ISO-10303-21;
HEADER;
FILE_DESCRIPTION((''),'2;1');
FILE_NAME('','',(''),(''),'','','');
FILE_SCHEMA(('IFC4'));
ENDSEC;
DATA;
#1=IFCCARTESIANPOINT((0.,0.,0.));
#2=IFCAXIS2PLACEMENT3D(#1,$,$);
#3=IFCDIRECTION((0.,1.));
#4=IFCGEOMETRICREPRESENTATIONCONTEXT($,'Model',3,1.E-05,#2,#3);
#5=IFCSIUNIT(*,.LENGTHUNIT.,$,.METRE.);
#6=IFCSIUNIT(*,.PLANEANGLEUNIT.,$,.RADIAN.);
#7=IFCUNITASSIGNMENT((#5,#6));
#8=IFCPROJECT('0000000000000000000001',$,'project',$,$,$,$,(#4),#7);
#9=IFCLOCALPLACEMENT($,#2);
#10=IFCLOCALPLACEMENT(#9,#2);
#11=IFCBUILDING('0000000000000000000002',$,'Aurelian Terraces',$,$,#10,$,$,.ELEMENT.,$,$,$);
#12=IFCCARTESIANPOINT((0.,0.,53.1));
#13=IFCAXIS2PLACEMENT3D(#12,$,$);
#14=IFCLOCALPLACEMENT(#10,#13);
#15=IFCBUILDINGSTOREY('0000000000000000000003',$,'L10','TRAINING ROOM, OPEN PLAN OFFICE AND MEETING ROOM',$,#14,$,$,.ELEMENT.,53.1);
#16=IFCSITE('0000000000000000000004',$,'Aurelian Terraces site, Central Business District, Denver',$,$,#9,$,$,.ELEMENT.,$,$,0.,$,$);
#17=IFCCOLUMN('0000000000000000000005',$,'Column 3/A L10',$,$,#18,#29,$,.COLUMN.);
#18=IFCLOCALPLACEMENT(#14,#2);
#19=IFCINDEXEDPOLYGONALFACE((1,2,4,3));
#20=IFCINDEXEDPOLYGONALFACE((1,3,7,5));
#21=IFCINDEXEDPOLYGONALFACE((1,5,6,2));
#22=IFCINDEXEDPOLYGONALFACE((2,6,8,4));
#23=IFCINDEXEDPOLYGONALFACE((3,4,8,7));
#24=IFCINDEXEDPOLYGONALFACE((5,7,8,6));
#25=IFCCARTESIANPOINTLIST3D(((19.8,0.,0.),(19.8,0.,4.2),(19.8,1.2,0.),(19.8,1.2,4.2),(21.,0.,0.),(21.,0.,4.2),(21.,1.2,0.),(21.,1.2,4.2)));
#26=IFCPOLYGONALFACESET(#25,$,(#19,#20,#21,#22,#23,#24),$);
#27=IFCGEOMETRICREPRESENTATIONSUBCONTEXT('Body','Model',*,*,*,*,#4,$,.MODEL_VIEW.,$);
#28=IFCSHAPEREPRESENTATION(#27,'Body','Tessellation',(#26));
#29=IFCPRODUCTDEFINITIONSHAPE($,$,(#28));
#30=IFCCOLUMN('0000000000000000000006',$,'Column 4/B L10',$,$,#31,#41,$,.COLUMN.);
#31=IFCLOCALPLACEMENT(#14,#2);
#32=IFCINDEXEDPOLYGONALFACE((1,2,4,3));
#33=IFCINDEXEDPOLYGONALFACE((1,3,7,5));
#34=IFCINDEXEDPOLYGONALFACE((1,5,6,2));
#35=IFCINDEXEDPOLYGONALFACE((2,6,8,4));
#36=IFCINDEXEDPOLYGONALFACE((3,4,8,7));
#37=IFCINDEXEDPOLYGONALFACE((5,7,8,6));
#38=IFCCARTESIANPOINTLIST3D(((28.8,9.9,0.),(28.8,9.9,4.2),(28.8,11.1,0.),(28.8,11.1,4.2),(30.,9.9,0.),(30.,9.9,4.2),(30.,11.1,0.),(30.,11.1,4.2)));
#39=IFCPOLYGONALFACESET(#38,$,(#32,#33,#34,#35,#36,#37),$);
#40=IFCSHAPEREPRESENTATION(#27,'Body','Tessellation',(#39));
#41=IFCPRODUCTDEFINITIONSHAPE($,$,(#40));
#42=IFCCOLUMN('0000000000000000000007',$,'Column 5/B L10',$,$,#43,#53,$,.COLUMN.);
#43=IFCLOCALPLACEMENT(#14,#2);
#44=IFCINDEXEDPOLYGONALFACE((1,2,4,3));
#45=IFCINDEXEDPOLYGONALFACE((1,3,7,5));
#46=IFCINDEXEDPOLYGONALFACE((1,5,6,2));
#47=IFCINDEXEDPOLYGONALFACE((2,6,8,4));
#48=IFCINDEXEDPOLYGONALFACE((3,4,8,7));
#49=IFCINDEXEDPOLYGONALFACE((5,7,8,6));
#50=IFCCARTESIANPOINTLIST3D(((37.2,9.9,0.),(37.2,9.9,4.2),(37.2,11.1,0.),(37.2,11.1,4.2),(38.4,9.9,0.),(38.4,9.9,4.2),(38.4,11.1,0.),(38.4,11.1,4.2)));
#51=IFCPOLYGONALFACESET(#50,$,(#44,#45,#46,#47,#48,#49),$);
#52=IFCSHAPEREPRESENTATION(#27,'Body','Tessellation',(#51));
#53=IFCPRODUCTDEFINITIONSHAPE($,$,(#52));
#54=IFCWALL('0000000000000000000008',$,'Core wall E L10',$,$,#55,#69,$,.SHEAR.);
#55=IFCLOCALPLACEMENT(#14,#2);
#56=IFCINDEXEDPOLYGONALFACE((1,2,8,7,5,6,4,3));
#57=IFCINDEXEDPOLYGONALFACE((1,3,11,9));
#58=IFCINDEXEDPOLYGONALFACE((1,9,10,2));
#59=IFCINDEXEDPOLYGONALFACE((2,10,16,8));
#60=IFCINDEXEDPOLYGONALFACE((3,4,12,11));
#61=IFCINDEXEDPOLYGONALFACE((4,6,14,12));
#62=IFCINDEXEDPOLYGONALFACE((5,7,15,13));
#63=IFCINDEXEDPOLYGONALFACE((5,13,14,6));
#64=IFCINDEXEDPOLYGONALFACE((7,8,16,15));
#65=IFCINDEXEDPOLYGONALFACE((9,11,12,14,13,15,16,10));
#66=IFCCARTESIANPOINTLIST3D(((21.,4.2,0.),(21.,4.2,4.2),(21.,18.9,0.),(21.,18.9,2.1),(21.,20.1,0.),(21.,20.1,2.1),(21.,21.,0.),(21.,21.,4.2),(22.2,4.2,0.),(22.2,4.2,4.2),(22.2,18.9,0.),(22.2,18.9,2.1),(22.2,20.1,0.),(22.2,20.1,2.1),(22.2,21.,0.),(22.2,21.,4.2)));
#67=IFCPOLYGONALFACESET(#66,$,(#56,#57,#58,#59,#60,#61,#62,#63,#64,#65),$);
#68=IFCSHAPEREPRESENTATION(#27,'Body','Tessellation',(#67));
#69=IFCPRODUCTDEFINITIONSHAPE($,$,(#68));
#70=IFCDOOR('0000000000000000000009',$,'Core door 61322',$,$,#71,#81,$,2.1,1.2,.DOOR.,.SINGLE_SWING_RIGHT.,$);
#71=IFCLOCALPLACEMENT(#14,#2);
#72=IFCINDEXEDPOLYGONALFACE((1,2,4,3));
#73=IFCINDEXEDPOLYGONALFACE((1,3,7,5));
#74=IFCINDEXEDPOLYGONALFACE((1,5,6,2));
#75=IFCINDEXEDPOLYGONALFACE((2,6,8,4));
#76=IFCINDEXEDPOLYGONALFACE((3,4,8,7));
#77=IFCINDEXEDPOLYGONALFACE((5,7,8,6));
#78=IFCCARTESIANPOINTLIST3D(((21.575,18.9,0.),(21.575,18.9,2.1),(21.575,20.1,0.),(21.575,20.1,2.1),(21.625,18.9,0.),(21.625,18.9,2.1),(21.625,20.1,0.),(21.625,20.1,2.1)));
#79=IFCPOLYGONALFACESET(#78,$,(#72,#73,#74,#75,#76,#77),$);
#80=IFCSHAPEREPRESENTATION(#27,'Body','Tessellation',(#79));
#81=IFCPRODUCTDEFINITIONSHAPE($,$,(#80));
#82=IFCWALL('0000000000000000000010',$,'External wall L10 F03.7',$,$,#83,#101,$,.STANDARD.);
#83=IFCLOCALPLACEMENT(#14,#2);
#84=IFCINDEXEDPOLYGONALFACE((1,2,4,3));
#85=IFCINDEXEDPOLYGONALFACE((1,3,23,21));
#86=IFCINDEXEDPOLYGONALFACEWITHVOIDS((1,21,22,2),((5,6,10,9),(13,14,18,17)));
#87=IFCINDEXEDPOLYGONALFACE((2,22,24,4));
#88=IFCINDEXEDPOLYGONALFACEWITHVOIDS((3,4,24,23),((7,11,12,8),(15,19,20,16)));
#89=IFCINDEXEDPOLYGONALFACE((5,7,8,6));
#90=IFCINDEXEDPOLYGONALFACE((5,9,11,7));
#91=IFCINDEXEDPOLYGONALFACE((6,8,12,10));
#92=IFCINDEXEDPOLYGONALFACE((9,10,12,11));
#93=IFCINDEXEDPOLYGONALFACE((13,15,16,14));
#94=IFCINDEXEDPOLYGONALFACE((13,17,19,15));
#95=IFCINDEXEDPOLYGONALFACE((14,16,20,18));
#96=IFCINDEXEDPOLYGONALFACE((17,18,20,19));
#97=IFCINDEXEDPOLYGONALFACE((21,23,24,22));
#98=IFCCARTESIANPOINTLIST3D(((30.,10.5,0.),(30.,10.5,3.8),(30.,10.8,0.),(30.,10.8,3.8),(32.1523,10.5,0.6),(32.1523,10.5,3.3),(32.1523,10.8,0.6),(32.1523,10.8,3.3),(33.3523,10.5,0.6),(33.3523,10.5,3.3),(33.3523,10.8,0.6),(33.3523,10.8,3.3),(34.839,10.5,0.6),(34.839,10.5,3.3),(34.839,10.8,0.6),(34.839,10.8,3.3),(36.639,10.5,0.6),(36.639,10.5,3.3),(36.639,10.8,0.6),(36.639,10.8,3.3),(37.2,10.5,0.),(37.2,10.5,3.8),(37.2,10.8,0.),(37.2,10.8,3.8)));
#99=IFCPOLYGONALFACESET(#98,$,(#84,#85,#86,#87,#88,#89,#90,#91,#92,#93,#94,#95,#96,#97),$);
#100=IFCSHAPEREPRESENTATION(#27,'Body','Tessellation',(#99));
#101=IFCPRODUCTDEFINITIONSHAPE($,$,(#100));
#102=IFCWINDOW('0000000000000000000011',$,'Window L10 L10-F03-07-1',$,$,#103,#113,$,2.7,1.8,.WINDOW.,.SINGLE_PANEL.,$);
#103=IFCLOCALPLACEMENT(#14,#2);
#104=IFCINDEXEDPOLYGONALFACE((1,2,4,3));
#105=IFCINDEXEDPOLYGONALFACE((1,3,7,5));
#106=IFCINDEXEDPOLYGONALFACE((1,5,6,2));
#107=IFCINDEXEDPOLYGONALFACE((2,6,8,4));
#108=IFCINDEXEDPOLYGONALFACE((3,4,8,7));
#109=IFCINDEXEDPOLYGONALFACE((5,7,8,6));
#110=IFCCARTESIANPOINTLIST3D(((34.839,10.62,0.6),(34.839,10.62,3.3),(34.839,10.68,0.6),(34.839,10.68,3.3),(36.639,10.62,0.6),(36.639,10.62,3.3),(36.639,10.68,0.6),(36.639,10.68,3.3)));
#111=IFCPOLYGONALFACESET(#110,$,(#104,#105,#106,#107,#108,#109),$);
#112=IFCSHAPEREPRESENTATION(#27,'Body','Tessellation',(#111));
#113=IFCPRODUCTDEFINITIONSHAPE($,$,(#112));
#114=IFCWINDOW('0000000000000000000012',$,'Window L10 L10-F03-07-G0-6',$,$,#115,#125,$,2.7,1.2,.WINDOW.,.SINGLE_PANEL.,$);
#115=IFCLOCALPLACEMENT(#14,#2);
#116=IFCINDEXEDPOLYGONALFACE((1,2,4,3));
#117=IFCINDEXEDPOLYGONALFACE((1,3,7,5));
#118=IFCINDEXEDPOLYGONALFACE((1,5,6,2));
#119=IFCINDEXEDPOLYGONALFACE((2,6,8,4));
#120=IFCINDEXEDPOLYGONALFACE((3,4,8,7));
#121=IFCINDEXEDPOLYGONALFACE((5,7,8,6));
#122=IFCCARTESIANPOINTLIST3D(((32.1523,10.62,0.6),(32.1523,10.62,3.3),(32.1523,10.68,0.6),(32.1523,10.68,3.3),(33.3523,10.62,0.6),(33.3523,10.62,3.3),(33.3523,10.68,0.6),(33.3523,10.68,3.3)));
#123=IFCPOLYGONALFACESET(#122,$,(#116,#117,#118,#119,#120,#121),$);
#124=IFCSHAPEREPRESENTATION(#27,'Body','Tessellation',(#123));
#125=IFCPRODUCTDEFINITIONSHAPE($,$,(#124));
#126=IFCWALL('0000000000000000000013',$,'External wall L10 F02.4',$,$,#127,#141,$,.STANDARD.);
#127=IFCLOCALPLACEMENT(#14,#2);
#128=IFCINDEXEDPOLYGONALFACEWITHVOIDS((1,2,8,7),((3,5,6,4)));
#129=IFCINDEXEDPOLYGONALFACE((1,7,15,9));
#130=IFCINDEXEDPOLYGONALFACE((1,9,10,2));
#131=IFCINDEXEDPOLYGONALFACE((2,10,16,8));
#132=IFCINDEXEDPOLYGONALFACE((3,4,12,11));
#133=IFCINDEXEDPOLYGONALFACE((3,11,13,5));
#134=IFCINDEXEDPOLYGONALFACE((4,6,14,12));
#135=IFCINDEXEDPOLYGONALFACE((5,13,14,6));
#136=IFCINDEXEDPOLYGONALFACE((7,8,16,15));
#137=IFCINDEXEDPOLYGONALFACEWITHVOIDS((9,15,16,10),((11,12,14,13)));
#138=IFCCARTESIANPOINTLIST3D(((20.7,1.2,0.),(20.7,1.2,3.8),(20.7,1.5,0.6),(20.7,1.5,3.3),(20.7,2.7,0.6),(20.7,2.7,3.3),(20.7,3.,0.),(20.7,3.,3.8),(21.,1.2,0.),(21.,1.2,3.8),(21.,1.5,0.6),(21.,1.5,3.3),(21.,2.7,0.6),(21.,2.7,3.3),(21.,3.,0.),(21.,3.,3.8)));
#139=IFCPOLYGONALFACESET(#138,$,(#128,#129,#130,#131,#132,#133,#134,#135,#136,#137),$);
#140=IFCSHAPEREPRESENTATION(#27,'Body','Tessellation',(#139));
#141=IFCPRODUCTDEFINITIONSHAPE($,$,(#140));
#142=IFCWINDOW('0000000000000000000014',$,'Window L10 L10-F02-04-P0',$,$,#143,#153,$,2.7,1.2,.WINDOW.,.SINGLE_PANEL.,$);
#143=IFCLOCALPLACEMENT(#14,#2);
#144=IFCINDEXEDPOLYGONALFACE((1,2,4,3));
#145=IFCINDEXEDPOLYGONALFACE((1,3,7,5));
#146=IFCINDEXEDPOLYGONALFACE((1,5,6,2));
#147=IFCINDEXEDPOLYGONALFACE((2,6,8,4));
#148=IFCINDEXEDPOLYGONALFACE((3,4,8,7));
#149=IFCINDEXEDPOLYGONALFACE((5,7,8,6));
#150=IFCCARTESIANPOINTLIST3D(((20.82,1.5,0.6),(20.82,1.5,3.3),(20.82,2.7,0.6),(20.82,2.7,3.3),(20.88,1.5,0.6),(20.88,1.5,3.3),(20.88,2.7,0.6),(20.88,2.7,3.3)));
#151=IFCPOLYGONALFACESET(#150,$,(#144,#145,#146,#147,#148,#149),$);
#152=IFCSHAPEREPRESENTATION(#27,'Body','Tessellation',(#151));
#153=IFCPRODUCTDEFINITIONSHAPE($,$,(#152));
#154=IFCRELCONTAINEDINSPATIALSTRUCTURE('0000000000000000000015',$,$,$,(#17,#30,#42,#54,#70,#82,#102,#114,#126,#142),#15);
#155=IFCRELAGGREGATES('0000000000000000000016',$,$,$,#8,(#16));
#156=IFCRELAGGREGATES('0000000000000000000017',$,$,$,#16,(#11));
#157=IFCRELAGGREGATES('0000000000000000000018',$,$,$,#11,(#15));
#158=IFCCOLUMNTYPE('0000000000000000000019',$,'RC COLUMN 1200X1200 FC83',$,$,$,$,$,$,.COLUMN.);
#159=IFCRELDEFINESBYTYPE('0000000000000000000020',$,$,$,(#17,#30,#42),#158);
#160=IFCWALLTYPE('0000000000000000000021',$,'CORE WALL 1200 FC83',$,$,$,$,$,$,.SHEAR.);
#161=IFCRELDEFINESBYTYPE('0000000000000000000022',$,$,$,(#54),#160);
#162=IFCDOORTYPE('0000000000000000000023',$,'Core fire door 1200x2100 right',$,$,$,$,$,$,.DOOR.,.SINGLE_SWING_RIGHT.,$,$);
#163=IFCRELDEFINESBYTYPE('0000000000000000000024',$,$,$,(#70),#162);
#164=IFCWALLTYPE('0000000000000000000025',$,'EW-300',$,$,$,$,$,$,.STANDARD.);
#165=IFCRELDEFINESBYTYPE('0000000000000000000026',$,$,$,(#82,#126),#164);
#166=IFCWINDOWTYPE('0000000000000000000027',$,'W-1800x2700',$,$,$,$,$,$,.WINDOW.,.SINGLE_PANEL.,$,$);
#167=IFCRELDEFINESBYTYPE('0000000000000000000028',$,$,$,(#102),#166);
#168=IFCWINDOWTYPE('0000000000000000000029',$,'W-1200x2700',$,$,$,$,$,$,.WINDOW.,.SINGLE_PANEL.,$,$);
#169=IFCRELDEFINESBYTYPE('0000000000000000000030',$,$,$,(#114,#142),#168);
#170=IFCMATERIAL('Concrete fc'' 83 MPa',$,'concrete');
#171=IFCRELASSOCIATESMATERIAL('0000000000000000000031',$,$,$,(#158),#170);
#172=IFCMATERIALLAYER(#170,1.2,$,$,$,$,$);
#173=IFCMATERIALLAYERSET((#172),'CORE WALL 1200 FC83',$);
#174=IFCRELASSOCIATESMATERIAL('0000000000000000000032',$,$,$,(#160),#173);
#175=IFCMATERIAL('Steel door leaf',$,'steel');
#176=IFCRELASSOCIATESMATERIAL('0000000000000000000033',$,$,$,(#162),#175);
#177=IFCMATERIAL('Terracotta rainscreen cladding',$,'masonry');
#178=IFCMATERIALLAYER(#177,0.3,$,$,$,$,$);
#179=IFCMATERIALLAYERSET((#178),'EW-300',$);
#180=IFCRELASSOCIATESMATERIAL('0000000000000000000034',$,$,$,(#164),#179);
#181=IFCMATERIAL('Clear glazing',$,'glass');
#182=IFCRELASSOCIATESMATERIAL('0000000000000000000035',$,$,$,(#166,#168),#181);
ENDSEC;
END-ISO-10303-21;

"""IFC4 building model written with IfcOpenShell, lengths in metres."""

from ifc_helpers import new_model, si_unit, direction, frame, frame_2d, origin, origin_2d, place, context, subcontext, project, spatial, rectangle, extrude, source, transform, mapped, material, layer, layer_set, material_profile, profile_set, type_object, element, fill, save


model = new_model("IFC4")

# Units and contexts
model_context = context("Model", 3, precision=1e-05, world=origin(), true_north=direction((0.0, 1.0)))
body_context = subcontext(model_context, "Body", "Model", "MODEL_VIEW")
ifc_project = project(units=[si_unit("LENGTHUNIT", "METRE"), si_unit("PLANEANGLEUNIT", "RADIAN")], contexts=[model_context])

# Site, building, storey
site_placement = place(None, origin())
site = spatial("IfcSite", under=ifc_project, at=site_placement, Name="Aurelian Terraces site, Central Business District, Denver", CompositionType="ELEMENT", RefElevation=0.0)
building_placement = place(site_placement, origin())
building = spatial("IfcBuilding", under=site, at=building_placement, Name="Aurelian Terraces", CompositionType="ELEMENT")
storey_placement = place(building_placement, frame((0.0, 0.0, 53.1)))
storey = spatial("IfcBuildingStorey", under=building, at=storey_placement, Name="L10", Description="TRAINING ROOM, OPEN PLAN OFFICE AND MEETING ROOM", CompositionType="ELEMENT", Elevation=53.1)

# Columns
ifc_material_1 = material(Name="Concrete fc' 83 MPa", Category="concrete")
ifc_material_profile = material_profile(ifc_material_1, rectangle(XDim=1.2, YDim=1.2, at=origin_2d()))
ifc_profile_set = profile_set([ifc_material_profile], Name="Concrete fc' 83 MPa")
column_type = type_object("IfcColumnType", Name="RC COLUMN 1200X1200 FC83", PredefinedType="COLUMN", material=ifc_profile_set)
shared_shape_1 = source(origin(), body_context, "Body", "SweptSolid", [
    extrude(rectangle(XDim=1.2, YDim=1.2, at=origin_2d()), origin(), (0.0, 0.0, 1.0), 4.2),
])
for number, where, z_axis, x_axis, name in (
    (1, (20.4, 0.6, 0.0), (0.0, 0.0, 1.0), (1.0, 0.0, 0.0), "Column 3/A L10"),
    (2, (29.4, 10.5, 0.0), (0.0, 0.0, 1.0), (1.0, 0.0, 0.0), "Column 4/B L10"),
    (3, (37.8, 10.5, 0.0), (0.0, 0.0, 1.0), (1.0, 0.0, 0.0), "Column 5/B L10"),
):
    element("IfcColumn", number, at=place(storey_placement, frame(where, z_axis=z_axis, x_axis=x_axis)), inside=storey, type_object=column_type, Name=name, PredefinedType="COLUMN", context=body_context, shape_type="MappedRepresentation", body=[
        mapped(shared_shape_1, transform((0.0, 0.0, 0.0), scale=1.0)),
    ])

# Wall, opening, door
ifc_layer_1 = layer(ifc_material_1, 1.2)
ifc_layer_set_1 = layer_set([ifc_layer_1], Name="CORE WALL 1200 FC83")
wall_type_1 = type_object("IfcWallType", Name="CORE WALL 1200 FC83", PredefinedType="SHEAR", material=ifc_layer_set_1)
shared_shape_2 = source(origin(), body_context, "Body", "SweptSolid", [
    extrude(rectangle(XDim=16.8, YDim=1.2, at=frame_2d((8.4, 0.0))), origin(), (0.0, 0.0, 1.0), 4.2),
])
wall_1_placement = place(storey_placement, frame((21.6, 4.2, 0.0), z_axis=(0.0, 0.0, 1.0), x_axis=(0.0, 1.0, 0.0)))
wall_1 = element("IfcWall", 4, at=wall_1_placement, inside=storey, type_object=wall_type_1, Name="Core wall E L10", PredefinedType="SHEAR", context=body_context, shape_type="MappedRepresentation", body=[
    mapped(shared_shape_2, transform((0.0, 0.0, 0.0), scale=1.0)),
])
shared_shape_3 = source(origin(), body_context, "Body", "SweptSolid", [
    extrude(rectangle(XDim=1.2, YDim=2.1, at=frame_2d((0.6, 1.05))), frame((0.0, 0.61, 0.0), z_axis=(0.0, -1.0, 0.0), x_axis=(1.0, 0.0, 0.0)), (0.0, 0.0, 1.0), 1.22),
])
opening_1_placement = place(wall_1_placement, frame((14.7, 0.0, 0.0)))
opening_1 = element("IfcOpeningElement", 5, at=opening_1_placement, cuts=wall_1, PredefinedType="OPENING", context=body_context, shape_type="MappedRepresentation", body=[
    mapped(shared_shape_3, transform((0.0, 0.0, 0.0), scale=1.0)),
])
ifc_material_2 = material(Name="Steel door leaf", Category="steel")
door_type_1 = type_object("IfcDoorType", Name="Core fire door 1200x2100 right", OperationType="SINGLE_SWING_RIGHT", PredefinedType="DOOR", material=ifc_material_2)
shared_shape_4 = source(origin(), body_context, "Body", "SweptSolid", [
    extrude(rectangle(XDim=1.2, YDim=2.1, at=frame_2d((0.6, 1.05))), frame((0.0, 0.025, 0.0), z_axis=(0.0, -1.0, 0.0), x_axis=(1.0, 0.0, 0.0)), (0.0, 0.0, 1.0), 0.05),
])
door_1_placement = place(opening_1_placement, origin())
door_1 = element("IfcDoor", 6, at=door_1_placement, inside=storey, type_object=door_type_1, Name="Core door 61322", OperationType="SINGLE_SWING_RIGHT", OverallHeight=2.1, OverallWidth=1.2, PredefinedType="DOOR", context=body_context, shape_type="MappedRepresentation", body=[
    mapped(shared_shape_4, transform((0.0, 0.0, 0.0), scale=1.0)),
])
fill(opening_1, door_1)

# Wall, openings, windows
ifc_material_3 = material(Name="Terracotta rainscreen cladding", Category="masonry")
ifc_layer_2 = layer(ifc_material_3, 0.3)
ifc_layer_set_2 = layer_set([ifc_layer_2], Name="EW-300")
wall_type_2 = type_object("IfcWallType", Name="EW-300", PredefinedType="STANDARD", material=ifc_layer_set_2)
shared_shape_5 = source(origin(), body_context, "Body", "SweptSolid", [
    extrude(rectangle(XDim=7.2, YDim=0.3, at=frame_2d((3.6, 0.0))), origin(), (0.0, 0.0, 1.0), 3.8),
])
wall_2_placement = place(storey_placement, frame((30.0, 10.65, 0.0), z_axis=(0.0, 0.0, 1.0), x_axis=(1.0, 0.0, 0.0)))
wall_2 = element("IfcWall", 7, at=wall_2_placement, inside=storey, type_object=wall_type_2, Name="External wall L10 F03.7", PredefinedType="STANDARD", context=body_context, shape_type="MappedRepresentation", body=[
    mapped(shared_shape_5, transform((0.0, 0.0, 0.0), scale=1.0)),
])
shared_shape_6 = source(origin(), body_context, "Body", "SweptSolid", [
    extrude(rectangle(XDim=1.8, YDim=2.7, at=frame_2d((0.9, 1.35))), frame((0.0, 0.16, 0.0), z_axis=(0.0, -1.0, 0.0), x_axis=(1.0, 0.0, 0.0)), (0.0, 0.0, 1.0), 0.32),
])
opening_2_placement = place(wall_2_placement, frame((4.839, 0.0, 0.6)))
opening_2 = element("IfcOpeningElement", 8, at=opening_2_placement, cuts=wall_2, PredefinedType="OPENING", context=body_context, shape_type="MappedRepresentation", body=[
    mapped(shared_shape_6, transform((0.0, 0.0, 0.0), scale=1.0)),
])
shared_shape_7 = source(origin(), body_context, "Body", "SweptSolid", [
    extrude(rectangle(XDim=1.2, YDim=2.7, at=frame_2d((0.6, 1.35))), frame((0.0, 0.16, 0.0), z_axis=(0.0, -1.0, 0.0), x_axis=(1.0, 0.0, 0.0)), (0.0, 0.0, 1.0), 0.32),
])
opening_3_placement = place(wall_2_placement, frame((2.1523, 0.0, 0.6)))
opening_3 = element("IfcOpeningElement", 9, at=opening_3_placement, cuts=wall_2, PredefinedType="OPENING", context=body_context, shape_type="MappedRepresentation", body=[
    mapped(shared_shape_7, transform((0.0, 0.0, 0.0), scale=1.0)),
])
ifc_material_4 = material(Name="Clear glazing", Category="glass")
window_type_1 = type_object("IfcWindowType", Name="W-1800x2700", PartitioningType="SINGLE_PANEL", PredefinedType="WINDOW", material=ifc_material_4)
shared_shape_8 = source(origin(), body_context, "Body", "SweptSolid", [
    extrude(rectangle(XDim=1.8, YDim=2.7, at=frame_2d((0.9, 1.35))), frame((0.0, 0.03, 0.0), z_axis=(0.0, -1.0, 0.0), x_axis=(1.0, 0.0, 0.0)), (0.0, 0.0, 1.0), 0.06),
])
window_1_placement = place(opening_2_placement, origin())
window_1 = element("IfcWindow", 10, at=window_1_placement, inside=storey, type_object=window_type_1, Name="Window L10 L10-F03-07-1", OverallHeight=2.7, OverallWidth=1.8, PartitioningType="SINGLE_PANEL", PredefinedType="WINDOW", context=body_context, shape_type="MappedRepresentation", body=[
    mapped(shared_shape_8, transform((0.0, 0.0, 0.0), scale=1.0)),
])
fill(opening_2, window_1)
window_type_2 = type_object("IfcWindowType", Name="W-1200x2700", PartitioningType="SINGLE_PANEL", PredefinedType="WINDOW", material=ifc_material_4)
shared_shape_9 = source(origin(), body_context, "Body", "SweptSolid", [
    extrude(rectangle(XDim=1.2, YDim=2.7, at=frame_2d((0.6, 1.35))), frame((0.0, 0.03, 0.0), z_axis=(0.0, -1.0, 0.0), x_axis=(1.0, 0.0, 0.0)), (0.0, 0.0, 1.0), 0.06),
])
window_2_placement = place(opening_3_placement, origin())
window_2 = element("IfcWindow", 11, at=window_2_placement, inside=storey, type_object=window_type_2, Name="Window L10 L10-F03-07-G0-6", OverallHeight=2.7, OverallWidth=1.2, PartitioningType="SINGLE_PANEL", PredefinedType="WINDOW", context=body_context, shape_type="MappedRepresentation", body=[
    mapped(shared_shape_9, transform((0.0, 0.0, 0.0), scale=1.0)),
])
fill(opening_3, window_2)

# Wall, opening, window
shared_shape_10 = source(origin(), body_context, "Body", "SweptSolid", [
    extrude(rectangle(XDim=1.8, YDim=0.3, at=frame_2d((0.9, 0.0))), origin(), (0.0, 0.0, 1.0), 3.8),
])
wall_3_placement = place(storey_placement, frame((20.85, 1.2, 0.0), z_axis=(0.0, 0.0, 1.0), x_axis=(0.0, 1.0, 0.0)))
wall_3 = element("IfcWall", 12, at=wall_3_placement, inside=storey, type_object=wall_type_2, Name="External wall L10 F02.4", PredefinedType="STANDARD", context=body_context, shape_type="MappedRepresentation", body=[
    mapped(shared_shape_10, transform((0.0, 0.0, 0.0), scale=1.0)),
])
opening_4_placement = place(wall_3_placement, frame((0.3, 0.0, 0.6)))
opening_4 = element("IfcOpeningElement", 13, at=opening_4_placement, cuts=wall_3, PredefinedType="OPENING", context=body_context, shape_type="MappedRepresentation", body=[
    mapped(shared_shape_7, transform((0.0, 0.0, 0.0), scale=1.0)),
])
window_3_placement = place(opening_4_placement, origin())
window_3 = element("IfcWindow", 14, at=window_3_placement, inside=storey, type_object=window_type_2, Name="Window L10 L10-F02-04-P0", OverallHeight=2.7, OverallWidth=1.2, PartitioningType="SINGLE_PANEL", PredefinedType="WINDOW", context=body_context, shape_type="MappedRepresentation", body=[
    mapped(shared_shape_9, transform((0.0, 0.0, 0.0), scale=1.0)),
])
fill(opening_4, window_3)

save(model, "model.ifc")
